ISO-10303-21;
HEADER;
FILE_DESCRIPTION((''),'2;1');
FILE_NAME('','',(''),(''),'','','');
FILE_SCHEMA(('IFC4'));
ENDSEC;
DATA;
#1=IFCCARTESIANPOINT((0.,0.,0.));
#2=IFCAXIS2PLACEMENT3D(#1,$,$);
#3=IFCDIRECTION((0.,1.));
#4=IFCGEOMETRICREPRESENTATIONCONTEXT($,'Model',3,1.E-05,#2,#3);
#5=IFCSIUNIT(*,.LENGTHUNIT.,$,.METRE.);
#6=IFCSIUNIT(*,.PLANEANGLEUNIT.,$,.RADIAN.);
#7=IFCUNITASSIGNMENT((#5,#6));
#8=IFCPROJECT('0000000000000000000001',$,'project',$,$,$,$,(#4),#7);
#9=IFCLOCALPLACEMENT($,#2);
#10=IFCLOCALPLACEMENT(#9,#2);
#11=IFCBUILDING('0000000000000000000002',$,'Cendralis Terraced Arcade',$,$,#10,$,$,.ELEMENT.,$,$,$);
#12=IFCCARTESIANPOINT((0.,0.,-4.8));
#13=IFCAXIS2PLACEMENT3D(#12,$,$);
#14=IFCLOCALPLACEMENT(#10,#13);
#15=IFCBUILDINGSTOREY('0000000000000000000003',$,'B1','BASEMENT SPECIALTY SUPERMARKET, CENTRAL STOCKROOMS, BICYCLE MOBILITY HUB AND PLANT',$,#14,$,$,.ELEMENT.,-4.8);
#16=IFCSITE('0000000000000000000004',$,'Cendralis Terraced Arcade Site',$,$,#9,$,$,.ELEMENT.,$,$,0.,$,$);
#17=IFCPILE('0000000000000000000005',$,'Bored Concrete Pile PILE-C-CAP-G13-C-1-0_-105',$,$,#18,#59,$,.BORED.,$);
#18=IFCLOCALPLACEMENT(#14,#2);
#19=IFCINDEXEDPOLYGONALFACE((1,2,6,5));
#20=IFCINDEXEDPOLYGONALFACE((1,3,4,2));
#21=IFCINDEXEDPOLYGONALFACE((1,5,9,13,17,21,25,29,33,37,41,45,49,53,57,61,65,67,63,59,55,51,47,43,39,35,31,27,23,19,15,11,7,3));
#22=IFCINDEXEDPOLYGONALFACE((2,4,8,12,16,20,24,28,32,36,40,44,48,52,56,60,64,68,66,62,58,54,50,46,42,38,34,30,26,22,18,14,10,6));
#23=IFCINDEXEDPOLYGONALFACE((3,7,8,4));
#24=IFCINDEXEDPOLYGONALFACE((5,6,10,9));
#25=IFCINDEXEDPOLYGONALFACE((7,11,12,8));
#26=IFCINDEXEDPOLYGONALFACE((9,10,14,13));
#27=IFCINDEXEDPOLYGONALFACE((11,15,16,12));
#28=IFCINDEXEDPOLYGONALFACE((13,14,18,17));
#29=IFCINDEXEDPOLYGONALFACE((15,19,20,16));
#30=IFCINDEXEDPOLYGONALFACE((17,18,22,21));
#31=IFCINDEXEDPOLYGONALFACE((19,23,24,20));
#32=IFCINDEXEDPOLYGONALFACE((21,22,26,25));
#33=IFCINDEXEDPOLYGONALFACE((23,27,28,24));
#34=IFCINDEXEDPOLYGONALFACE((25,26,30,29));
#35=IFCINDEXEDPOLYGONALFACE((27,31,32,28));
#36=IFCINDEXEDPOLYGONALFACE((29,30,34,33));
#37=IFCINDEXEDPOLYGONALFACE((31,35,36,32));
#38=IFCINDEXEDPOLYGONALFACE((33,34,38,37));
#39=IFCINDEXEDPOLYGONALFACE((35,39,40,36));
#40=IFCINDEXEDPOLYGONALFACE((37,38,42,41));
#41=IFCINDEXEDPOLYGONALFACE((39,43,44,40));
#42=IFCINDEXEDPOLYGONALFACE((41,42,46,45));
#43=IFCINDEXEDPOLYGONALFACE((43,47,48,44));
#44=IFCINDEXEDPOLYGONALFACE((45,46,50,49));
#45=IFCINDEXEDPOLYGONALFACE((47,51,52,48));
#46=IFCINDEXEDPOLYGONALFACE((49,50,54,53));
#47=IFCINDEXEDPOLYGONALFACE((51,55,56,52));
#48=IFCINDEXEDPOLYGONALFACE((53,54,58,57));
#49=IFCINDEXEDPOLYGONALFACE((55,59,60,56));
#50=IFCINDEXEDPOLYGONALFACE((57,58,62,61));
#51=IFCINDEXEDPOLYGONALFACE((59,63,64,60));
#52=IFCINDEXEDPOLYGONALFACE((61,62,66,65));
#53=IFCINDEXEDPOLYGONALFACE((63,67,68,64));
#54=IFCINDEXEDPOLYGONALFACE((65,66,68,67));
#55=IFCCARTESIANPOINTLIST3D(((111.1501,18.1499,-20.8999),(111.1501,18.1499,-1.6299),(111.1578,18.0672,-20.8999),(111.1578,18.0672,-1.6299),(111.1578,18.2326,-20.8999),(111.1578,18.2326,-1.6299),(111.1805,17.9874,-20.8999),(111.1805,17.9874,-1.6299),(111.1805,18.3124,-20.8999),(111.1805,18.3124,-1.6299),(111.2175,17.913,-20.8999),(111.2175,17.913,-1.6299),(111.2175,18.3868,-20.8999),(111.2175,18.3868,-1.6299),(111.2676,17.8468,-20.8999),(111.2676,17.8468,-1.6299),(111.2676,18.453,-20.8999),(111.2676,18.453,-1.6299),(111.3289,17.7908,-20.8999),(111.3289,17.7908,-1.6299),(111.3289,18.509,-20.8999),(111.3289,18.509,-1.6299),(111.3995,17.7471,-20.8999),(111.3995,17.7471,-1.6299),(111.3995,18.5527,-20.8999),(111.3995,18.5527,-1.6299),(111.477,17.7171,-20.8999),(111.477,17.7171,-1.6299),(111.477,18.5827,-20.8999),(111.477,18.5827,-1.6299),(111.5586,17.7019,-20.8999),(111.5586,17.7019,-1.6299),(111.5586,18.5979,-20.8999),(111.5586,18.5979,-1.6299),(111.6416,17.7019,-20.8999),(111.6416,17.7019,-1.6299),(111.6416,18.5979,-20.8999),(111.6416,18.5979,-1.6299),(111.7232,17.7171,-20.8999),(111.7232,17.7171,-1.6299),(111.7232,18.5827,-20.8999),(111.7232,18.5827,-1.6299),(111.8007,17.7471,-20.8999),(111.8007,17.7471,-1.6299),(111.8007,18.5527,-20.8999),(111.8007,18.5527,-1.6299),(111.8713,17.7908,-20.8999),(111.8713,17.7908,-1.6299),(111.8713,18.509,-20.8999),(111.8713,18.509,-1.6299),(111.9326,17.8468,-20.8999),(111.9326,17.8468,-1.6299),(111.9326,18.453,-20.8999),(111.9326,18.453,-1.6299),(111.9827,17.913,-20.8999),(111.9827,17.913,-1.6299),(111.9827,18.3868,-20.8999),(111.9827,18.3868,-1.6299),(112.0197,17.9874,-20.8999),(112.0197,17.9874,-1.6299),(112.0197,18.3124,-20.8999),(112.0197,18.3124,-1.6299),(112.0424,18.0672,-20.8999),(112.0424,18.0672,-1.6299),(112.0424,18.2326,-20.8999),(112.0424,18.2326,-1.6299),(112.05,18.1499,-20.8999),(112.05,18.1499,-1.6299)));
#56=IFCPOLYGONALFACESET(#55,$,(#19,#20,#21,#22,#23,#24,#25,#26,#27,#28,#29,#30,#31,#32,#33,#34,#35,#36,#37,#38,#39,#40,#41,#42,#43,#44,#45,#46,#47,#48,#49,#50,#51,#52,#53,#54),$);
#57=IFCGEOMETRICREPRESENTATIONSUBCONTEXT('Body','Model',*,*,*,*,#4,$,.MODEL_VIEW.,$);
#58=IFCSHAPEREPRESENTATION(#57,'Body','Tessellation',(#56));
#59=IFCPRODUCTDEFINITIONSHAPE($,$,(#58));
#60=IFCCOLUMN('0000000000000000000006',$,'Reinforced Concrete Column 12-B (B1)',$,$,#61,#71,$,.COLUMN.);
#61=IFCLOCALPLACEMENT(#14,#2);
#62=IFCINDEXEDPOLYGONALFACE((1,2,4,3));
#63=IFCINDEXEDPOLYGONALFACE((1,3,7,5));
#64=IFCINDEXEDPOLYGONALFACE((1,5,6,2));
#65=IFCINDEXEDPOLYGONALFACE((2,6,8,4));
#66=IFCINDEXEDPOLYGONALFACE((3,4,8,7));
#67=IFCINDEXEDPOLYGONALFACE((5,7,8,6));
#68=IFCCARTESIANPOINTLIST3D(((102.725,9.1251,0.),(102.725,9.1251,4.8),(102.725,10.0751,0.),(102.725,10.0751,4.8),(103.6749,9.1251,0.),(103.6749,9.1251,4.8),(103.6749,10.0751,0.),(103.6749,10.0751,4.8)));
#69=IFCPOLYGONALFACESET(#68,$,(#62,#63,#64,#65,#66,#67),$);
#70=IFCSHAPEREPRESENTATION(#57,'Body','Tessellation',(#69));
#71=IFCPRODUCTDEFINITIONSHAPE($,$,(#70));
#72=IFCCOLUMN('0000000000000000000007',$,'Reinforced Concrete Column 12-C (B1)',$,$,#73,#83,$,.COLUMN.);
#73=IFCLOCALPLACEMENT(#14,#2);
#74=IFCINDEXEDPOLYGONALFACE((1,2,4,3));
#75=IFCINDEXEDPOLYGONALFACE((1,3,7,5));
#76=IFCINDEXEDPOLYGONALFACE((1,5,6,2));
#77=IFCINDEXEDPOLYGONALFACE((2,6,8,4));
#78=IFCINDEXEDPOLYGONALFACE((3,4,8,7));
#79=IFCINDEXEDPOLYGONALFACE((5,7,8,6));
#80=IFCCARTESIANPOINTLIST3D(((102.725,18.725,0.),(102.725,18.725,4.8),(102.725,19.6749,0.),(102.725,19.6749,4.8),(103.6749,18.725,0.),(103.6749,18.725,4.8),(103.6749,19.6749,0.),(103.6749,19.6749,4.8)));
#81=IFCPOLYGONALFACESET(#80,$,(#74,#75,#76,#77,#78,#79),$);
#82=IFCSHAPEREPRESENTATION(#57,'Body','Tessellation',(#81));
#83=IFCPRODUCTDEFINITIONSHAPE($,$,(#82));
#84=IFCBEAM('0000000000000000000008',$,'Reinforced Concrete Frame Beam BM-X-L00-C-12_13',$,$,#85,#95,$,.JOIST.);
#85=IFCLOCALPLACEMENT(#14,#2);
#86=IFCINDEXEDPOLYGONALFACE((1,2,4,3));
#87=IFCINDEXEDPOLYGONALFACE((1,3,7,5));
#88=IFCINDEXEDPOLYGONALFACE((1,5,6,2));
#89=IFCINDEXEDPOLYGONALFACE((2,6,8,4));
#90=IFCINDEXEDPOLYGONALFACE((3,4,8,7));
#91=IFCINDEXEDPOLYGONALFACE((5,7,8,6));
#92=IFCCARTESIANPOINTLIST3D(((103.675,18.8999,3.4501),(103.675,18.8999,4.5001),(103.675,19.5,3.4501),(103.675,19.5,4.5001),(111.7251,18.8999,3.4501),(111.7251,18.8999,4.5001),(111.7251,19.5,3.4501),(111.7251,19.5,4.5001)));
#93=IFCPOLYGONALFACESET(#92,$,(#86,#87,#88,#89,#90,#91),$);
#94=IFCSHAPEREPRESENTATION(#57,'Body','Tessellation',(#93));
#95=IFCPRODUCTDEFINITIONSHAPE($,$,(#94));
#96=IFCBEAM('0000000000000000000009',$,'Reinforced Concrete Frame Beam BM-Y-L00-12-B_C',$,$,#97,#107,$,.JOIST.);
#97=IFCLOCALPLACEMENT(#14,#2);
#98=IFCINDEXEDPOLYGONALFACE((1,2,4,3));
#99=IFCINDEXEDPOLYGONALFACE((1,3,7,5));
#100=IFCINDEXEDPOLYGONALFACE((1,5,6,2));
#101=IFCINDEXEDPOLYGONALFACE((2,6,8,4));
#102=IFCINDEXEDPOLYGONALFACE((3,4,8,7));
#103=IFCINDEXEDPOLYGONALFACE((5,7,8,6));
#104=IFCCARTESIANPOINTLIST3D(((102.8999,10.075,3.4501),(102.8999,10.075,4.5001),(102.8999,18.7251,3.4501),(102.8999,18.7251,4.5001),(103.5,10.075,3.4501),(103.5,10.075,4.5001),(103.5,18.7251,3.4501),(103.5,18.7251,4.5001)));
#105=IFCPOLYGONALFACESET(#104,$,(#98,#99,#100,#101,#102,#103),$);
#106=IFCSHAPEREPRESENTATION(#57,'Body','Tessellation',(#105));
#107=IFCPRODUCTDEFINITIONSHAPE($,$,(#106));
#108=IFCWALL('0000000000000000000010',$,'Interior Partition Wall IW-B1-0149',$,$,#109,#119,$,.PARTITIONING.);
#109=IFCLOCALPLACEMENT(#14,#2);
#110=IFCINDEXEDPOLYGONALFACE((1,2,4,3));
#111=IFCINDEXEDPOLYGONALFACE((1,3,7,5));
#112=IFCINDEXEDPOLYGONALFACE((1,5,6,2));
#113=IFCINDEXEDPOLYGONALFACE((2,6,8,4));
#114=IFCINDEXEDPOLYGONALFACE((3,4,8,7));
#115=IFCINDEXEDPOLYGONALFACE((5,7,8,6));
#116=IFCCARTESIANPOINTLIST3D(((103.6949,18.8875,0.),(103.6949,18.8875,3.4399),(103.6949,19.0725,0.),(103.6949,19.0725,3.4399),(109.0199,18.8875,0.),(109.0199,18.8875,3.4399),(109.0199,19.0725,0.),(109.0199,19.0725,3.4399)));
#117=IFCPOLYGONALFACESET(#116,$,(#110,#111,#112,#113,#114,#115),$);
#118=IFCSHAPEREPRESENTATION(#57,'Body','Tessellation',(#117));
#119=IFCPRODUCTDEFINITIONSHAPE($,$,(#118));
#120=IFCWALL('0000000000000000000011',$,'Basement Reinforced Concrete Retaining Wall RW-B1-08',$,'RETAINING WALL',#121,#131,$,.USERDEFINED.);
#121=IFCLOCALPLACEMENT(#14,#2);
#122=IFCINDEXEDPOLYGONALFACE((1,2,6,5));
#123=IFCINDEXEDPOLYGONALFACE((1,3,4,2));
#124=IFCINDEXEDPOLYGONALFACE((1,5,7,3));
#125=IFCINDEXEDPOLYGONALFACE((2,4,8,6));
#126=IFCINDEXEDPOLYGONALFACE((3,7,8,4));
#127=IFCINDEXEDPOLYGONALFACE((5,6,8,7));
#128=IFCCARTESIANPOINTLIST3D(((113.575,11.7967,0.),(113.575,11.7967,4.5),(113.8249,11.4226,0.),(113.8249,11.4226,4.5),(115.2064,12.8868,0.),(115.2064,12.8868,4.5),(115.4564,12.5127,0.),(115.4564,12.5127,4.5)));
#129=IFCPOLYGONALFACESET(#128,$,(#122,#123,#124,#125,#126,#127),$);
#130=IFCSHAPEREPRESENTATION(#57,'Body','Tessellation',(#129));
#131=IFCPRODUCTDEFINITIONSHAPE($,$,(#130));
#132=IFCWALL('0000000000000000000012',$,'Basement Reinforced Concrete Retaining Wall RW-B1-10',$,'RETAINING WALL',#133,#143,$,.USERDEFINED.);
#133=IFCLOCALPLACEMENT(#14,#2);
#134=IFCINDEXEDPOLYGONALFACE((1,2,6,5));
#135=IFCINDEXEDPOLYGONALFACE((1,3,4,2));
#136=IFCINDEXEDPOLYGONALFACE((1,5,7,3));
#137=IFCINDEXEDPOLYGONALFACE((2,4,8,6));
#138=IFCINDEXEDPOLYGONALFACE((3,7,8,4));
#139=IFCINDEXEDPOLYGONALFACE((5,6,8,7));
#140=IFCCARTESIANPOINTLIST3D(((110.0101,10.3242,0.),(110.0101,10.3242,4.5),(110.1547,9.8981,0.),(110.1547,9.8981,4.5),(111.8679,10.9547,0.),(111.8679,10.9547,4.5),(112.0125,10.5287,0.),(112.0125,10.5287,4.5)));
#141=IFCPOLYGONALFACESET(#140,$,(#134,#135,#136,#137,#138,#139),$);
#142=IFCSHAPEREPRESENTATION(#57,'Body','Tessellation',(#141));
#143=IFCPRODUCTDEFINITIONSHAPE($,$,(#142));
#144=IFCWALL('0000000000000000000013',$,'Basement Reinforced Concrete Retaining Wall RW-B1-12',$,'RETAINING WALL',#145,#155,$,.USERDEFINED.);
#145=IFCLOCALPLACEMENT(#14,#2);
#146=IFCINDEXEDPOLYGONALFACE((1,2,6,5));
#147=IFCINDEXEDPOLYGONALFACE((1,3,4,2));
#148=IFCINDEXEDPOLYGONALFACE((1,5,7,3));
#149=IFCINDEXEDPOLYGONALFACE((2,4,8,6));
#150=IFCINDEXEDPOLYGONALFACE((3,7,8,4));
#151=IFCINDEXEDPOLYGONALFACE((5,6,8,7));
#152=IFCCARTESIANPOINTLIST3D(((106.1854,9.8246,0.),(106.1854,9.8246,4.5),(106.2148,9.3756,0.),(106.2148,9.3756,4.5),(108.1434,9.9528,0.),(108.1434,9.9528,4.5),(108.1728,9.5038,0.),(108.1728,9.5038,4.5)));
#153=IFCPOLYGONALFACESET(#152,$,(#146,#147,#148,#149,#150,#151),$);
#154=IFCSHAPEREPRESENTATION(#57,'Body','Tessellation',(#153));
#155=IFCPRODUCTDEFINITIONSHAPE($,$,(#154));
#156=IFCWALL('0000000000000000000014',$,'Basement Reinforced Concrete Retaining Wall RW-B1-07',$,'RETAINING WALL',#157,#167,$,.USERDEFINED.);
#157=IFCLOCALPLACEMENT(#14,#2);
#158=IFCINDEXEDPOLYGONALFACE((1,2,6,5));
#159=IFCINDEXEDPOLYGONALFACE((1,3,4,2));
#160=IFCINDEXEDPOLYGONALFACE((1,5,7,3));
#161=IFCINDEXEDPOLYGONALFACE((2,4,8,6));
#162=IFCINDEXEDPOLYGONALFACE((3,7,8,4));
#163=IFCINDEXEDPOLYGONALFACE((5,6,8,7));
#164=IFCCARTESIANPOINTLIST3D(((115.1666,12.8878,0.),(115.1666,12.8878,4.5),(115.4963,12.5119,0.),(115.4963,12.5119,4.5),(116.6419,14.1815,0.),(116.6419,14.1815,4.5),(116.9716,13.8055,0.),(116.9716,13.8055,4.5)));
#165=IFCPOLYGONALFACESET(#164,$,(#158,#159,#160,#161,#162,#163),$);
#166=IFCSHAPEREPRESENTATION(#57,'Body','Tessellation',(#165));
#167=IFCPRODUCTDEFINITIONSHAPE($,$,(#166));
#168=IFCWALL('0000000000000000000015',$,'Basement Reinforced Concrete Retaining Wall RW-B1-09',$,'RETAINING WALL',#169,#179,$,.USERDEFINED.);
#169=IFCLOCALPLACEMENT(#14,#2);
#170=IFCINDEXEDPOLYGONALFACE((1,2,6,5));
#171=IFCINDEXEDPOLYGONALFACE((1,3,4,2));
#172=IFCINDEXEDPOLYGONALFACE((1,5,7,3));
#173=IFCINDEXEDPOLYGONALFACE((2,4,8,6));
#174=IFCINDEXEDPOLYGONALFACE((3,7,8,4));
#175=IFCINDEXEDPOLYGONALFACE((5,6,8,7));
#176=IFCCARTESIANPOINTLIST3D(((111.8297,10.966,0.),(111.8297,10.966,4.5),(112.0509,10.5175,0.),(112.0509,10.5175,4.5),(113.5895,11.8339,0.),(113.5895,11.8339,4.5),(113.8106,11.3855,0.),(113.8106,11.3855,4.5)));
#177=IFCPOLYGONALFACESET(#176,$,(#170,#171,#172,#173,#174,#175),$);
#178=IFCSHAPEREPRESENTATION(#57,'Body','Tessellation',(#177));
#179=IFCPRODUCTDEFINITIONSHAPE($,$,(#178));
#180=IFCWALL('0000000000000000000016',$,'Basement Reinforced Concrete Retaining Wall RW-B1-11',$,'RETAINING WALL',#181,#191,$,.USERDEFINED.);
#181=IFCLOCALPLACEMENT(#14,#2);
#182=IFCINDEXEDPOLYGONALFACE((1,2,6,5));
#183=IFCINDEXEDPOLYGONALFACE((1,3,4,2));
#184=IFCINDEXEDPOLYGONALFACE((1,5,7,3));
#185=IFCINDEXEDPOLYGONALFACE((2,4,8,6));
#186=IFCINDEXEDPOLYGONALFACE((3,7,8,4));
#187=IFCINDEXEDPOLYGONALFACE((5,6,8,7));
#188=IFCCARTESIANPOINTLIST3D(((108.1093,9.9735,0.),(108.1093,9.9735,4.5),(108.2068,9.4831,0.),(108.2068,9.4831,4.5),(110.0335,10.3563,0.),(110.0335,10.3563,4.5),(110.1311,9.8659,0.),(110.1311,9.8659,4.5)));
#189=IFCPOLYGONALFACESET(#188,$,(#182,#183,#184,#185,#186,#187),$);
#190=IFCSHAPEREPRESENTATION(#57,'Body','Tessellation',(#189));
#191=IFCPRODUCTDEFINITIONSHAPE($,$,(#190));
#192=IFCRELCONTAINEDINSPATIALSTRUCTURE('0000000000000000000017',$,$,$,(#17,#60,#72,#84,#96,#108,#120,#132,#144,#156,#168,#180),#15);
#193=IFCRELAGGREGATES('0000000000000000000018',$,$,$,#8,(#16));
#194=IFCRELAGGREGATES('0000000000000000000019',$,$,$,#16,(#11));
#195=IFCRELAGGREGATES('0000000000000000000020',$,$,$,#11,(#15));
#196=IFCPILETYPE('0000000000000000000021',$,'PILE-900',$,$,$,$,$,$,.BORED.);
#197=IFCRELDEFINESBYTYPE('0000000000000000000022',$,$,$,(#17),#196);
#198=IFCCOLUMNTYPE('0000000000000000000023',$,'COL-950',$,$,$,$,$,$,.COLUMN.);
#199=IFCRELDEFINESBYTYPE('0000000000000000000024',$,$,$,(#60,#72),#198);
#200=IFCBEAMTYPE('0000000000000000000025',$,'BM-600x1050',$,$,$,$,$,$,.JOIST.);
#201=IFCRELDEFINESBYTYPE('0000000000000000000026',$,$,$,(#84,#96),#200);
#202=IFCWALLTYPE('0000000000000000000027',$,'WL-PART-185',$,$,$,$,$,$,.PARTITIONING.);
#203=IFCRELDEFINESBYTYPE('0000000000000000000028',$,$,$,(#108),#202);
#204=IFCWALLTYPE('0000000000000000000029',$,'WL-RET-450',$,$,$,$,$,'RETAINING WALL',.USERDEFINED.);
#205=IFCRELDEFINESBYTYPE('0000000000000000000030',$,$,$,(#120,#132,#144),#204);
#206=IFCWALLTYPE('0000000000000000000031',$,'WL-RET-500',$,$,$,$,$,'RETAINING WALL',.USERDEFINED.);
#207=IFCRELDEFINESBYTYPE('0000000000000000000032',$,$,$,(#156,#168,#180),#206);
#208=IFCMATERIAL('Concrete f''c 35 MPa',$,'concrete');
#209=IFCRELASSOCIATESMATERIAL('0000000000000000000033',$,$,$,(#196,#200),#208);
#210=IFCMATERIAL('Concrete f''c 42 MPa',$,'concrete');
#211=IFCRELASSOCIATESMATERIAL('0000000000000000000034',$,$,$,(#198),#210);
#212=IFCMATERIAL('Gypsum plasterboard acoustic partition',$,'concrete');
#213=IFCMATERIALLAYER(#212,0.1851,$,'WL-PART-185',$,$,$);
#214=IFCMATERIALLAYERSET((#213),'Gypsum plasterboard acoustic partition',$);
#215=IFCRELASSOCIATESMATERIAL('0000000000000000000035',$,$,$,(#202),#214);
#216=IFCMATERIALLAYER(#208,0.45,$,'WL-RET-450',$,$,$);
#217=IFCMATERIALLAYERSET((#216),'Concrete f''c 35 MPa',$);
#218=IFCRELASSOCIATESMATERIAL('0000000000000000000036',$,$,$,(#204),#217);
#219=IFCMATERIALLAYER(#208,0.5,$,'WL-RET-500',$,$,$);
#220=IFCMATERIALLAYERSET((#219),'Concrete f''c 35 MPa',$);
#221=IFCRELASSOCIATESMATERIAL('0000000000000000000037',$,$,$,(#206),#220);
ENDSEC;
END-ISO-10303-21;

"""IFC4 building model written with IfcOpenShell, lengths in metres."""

from ifc_helpers import new_model, si_unit, direction, frame, frame_2d, origin, origin_2d, place, context, subcontext, project, spatial, rectangle, circle, extrude, material, layer, layer_set, material_profile, profile_set, type_object, element, save


model = new_model("IFC4")

# Units and contexts
model_context = context("Model", 3, precision=1e-05, world=origin(), true_north=direction((0.0, 1.0)))
body_context = subcontext(model_context, "Body", "Model", "MODEL_VIEW")
ifc_project = project(units=[si_unit("LENGTHUNIT", "METRE"), si_unit("PLANEANGLEUNIT", "RADIAN")], contexts=[model_context])

# Site, building, storey
site_placement = place(None, origin())
site = spatial("IfcSite", under=ifc_project, at=site_placement, Name="Cendralis Terraced Arcade Site", CompositionType="ELEMENT", RefElevation=0.0)
building_placement = place(site_placement, origin())
building = spatial("IfcBuilding", under=site, at=building_placement, Name="Cendralis Terraced Arcade", CompositionType="ELEMENT")
storey_placement = place(building_placement, frame((0.0, 0.0, -4.8)))
storey = spatial("IfcBuildingStorey", under=building, at=storey_placement, Name="B1", Description="BASEMENT SPECIALTY SUPERMARKET, CENTRAL STOCKROOMS, BICYCLE MOBILITY HUB AND PLANT", CompositionType="ELEMENT", Elevation=-4.8)

# Shared definitions
ifc_material_1 = material(Name="Concrete f'c 35 MPa", Category="concrete")

# Pile
ifc_material_profile_1 = material_profile(ifc_material_1, circle(Radius=0.45, at=origin_2d()), Name="PILE-D900", Category="LoadBearing")
ifc_profile_set_1 = profile_set([ifc_material_profile_1], Name="Concrete f'c 35 MPa")
pile_type_1 = type_object("IfcPileType", Name="PILE-900", PredefinedType="BORED", material=ifc_profile_set_1)
pile_1_placement = place(storey_placement, frame((111.6001, 18.1499, -1.6299), z_axis=(0.0, 0.0, -1.0), x_axis=(1.0, 0.0, 0.0)))
element("IfcPile", 1, at=pile_1_placement, inside=storey, type_object=pile_type_1, Name="Bored Concrete Pile PILE-C-CAP-G13-C-1-0_-105", PredefinedType="BORED", context=body_context, shape_type="SweptSolid", body=[
    extrude(circle(Radius=0.45, at=origin_2d()), origin(), (0.0, 0.0, 1.0), 19.27),
])

# Columns
ifc_material_2 = material(Name="Concrete f'c 42 MPa", Category="concrete")
ifc_material_profile_2 = material_profile(ifc_material_2, rectangle(XDim=0.95, YDim=0.95, at=origin_2d()), Name="RC-COL-950x950", Category="LoadBearing")
ifc_profile_set_2 = profile_set([ifc_material_profile_2], Name="Concrete f'c 42 MPa")
column_type = type_object("IfcColumnType", Name="COL-950", PredefinedType="COLUMN", material=ifc_profile_set_2)
for number, where, z_axis, x_axis, name in (
    (2, (103.2, 9.6001, 0.0), (0.0, 0.0, 1.0), (1.0, 0.0, 0.0), "Reinforced Concrete Column 12-B (B1)"),
    (3, (103.2, 19.2, 0.0), (0.0, 0.0, 1.0), (1.0, 0.0, 0.0), "Reinforced Concrete Column 12-C (B1)"),
):
    element("IfcColumn", number, at=place(storey_placement, frame(where, z_axis=z_axis, x_axis=x_axis)), inside=storey, type_object=column_type, Name=name, PredefinedType="COLUMN", context=body_context, shape_type="SweptSolid", body=[
        extrude(rectangle(XDim=0.95, YDim=0.95, at=origin_2d()), origin(), (0.0, 0.0, 1.0), 4.8),
    ])

# Beams
ifc_material_profile_3 = material_profile(ifc_material_1, rectangle(XDim=0.6001, YDim=1.05, at=origin_2d()), Name="RC-BM-600x1050", Category="LoadBearing")
ifc_profile_set_3 = profile_set([ifc_material_profile_3], Name="Concrete f'c 35 MPa")
beam_type = type_object("IfcBeamType", Name="BM-600x1050", PredefinedType="JOIST", material=ifc_profile_set_3)
beam_1_placement = place(storey_placement, frame((103.675, 19.2, 3.9751), z_axis=(1.0, 0.0, 0.0), x_axis=(0.0, 1.0, 0.0)))
element("IfcBeam", 4, at=beam_1_placement, inside=storey, type_object=beam_type, Name="Reinforced Concrete Frame Beam BM-X-L00-C-12_13", PredefinedType="JOIST", context=body_context, shape_type="SweptSolid", body=[
    extrude(rectangle(XDim=0.6001, YDim=1.05, at=origin_2d()), origin(), (0.0, 0.0, 1.0), 8.05),
])
beam_2_placement = place(storey_placement, frame((103.2, 10.075, 3.9751), z_axis=(0.0, 1.0, 0.0), x_axis=(-1.0, 0.0, 0.0)))
element("IfcBeam", 5, at=beam_2_placement, inside=storey, type_object=beam_type, Name="Reinforced Concrete Frame Beam BM-Y-L00-12-B_C", PredefinedType="JOIST", context=body_context, shape_type="SweptSolid", body=[
    extrude(rectangle(XDim=0.6001, YDim=1.05, at=origin_2d()), origin(), (0.0, 0.0, 1.0), 8.6501),
])

# Walls
ifc_material_3 = material(Name="Gypsum plasterboard acoustic partition", Category="concrete")
ifc_layer_1 = layer(ifc_material_3, 0.1851, Name="WL-PART-185")
ifc_layer_set_1 = layer_set([ifc_layer_1], Name="Gypsum plasterboard acoustic partition")
wall_type_1 = type_object("IfcWallType", Name="WL-PART-185", PredefinedType="PARTITIONING", material=ifc_layer_set_1)
wall_1_placement = place(storey_placement, frame((109.02, 18.98, 0.0), z_axis=(0.0, 0.0, 1.0), x_axis=(-1.0, 0.0, 0.0)))
element("IfcWall", 6, at=wall_1_placement, inside=storey, type_object=wall_type_1, Name="Interior Partition Wall IW-B1-0149", PredefinedType="PARTITIONING", context=body_context, shape_type="SweptSolid", body=[
    extrude(rectangle(XDim=5.325, YDim=0.1851, at=frame_2d((2.6626, 0.0))), origin(), (0.0, 0.0, 1.0), 3.4399),
])
ifc_layer_2 = layer(ifc_material_1, 0.45, Name="WL-RET-450")
ifc_layer_set_2 = layer_set([ifc_layer_2], Name="Concrete f'c 35 MPa")
wall_type_2 = type_object("IfcWallType", Name="WL-RET-450", ElementType="RETAINING WALL", PredefinedType="USERDEFINED", material=ifc_layer_set_2)
wall_2_placement = place(storey_placement, frame((115.3313, 12.6997, 0.0), z_axis=(0.0, 0.0, 1.0), x_axis=(-0.831456, -0.55559, 0.0)))
element("IfcWall", 7, at=wall_2_placement, inside=storey, type_object=wall_type_2, Name="Basement Reinforced Concrete Retaining Wall RW-B1-08", ObjectType="RETAINING WALL", PredefinedType="USERDEFINED", context=body_context, shape_type="SweptSolid", body=[
    extrude(rectangle(XDim=1.9622, YDim=0.45, at=frame_2d((0.981, 0.0))), origin(), (0.0, 0.0, 1.0), 4.5),
])
wall_3_placement = place(storey_placement, frame((111.9402, 10.7417, 0.0), z_axis=(0.0, 0.0, 1.0), x_axis=(-0.946939, -0.321412, 0.0)))
element("IfcWall", 8, at=wall_3_placement, inside=storey, type_object=wall_type_2, Name="Basement Reinforced Concrete Retaining Wall RW-B1-10", ObjectType="RETAINING WALL", PredefinedType="USERDEFINED", context=body_context, shape_type="SweptSolid", body=[
    extrude(rectangle(XDim=1.9619, YDim=0.45, at=frame_2d((0.981, 0.0))), origin(), (0.0, 0.0, 1.0), 4.5),
])
wall_4_placement = place(storey_placement, frame((108.158, 9.7283, 0.0), z_axis=(0.0, 0.0, 1.0), x_axis=(-0.997864, -0.065322, 0.0)))
element("IfcWall", 9, at=wall_4_placement, inside=storey, type_object=wall_type_2, Name="Basement Reinforced Concrete Retaining Wall RW-B1-12", ObjectType="RETAINING WALL", PredefinedType="USERDEFINED", context=body_context, shape_type="SweptSolid", body=[
    extrude(rectangle(XDim=1.9622, YDim=0.45, at=frame_2d((0.981, 0.0))), origin(), (0.0, 0.0, 1.0), 4.5),
])
ifc_layer_3 = layer(ifc_material_1, 0.5, Name="WL-RET-500")
ifc_layer_set_3 = layer_set([ifc_layer_3], Name="Concrete f'c 35 MPa")
wall_type_3 = type_object("IfcWallType", Name="WL-RET-500", ElementType="RETAINING WALL", PredefinedType="USERDEFINED", material=ifc_layer_set_3)
for number, where, z_axis, x_axis, name in (
    (10, (116.8066, 13.9934, 0.0), (0.0, 0.0, 1.0), (-0.751875, -0.659306, 0.0), "Basement Reinforced Concrete Retaining Wall RW-B1-07"),
    (11, (113.7, 11.6096, 0.0), (0.0, 0.0, 1.0), (-0.896853, -0.44233, 0.0), "Basement Reinforced Concrete Retaining Wall RW-B1-09"),
):
    element("IfcWall", number, at=place(storey_placement, frame(where, z_axis=z_axis, x_axis=x_axis)), inside=storey, type_object=wall_type_3, Name=name, ObjectType="RETAINING WALL", PredefinedType="USERDEFINED", context=body_context, shape_type="SweptSolid", body=[
        extrude(rectangle(XDim=1.9622, YDim=0.5, at=frame_2d((0.981, 0.0))), origin(), (0.0, 0.0, 1.0), 4.5),
    ])
wall_5_placement = place(storey_placement, frame((110.0823, 10.1111, 0.0), z_axis=(0.0, 0.0, 1.0), x_axis=(-0.980781, -0.195111, 0.0)))
element("IfcWall", 12, at=wall_5_placement, inside=storey, type_object=wall_type_3, Name="Basement Reinforced Concrete Retaining Wall RW-B1-11", ObjectType="RETAINING WALL", PredefinedType="USERDEFINED", context=body_context, shape_type="SweptSolid", body=[
    extrude(rectangle(XDim=1.9619, YDim=0.5, at=frame_2d((0.981, 0.0))), origin(), (0.0, 0.0, 1.0), 4.5),
])

save(model, "model.ifc")
